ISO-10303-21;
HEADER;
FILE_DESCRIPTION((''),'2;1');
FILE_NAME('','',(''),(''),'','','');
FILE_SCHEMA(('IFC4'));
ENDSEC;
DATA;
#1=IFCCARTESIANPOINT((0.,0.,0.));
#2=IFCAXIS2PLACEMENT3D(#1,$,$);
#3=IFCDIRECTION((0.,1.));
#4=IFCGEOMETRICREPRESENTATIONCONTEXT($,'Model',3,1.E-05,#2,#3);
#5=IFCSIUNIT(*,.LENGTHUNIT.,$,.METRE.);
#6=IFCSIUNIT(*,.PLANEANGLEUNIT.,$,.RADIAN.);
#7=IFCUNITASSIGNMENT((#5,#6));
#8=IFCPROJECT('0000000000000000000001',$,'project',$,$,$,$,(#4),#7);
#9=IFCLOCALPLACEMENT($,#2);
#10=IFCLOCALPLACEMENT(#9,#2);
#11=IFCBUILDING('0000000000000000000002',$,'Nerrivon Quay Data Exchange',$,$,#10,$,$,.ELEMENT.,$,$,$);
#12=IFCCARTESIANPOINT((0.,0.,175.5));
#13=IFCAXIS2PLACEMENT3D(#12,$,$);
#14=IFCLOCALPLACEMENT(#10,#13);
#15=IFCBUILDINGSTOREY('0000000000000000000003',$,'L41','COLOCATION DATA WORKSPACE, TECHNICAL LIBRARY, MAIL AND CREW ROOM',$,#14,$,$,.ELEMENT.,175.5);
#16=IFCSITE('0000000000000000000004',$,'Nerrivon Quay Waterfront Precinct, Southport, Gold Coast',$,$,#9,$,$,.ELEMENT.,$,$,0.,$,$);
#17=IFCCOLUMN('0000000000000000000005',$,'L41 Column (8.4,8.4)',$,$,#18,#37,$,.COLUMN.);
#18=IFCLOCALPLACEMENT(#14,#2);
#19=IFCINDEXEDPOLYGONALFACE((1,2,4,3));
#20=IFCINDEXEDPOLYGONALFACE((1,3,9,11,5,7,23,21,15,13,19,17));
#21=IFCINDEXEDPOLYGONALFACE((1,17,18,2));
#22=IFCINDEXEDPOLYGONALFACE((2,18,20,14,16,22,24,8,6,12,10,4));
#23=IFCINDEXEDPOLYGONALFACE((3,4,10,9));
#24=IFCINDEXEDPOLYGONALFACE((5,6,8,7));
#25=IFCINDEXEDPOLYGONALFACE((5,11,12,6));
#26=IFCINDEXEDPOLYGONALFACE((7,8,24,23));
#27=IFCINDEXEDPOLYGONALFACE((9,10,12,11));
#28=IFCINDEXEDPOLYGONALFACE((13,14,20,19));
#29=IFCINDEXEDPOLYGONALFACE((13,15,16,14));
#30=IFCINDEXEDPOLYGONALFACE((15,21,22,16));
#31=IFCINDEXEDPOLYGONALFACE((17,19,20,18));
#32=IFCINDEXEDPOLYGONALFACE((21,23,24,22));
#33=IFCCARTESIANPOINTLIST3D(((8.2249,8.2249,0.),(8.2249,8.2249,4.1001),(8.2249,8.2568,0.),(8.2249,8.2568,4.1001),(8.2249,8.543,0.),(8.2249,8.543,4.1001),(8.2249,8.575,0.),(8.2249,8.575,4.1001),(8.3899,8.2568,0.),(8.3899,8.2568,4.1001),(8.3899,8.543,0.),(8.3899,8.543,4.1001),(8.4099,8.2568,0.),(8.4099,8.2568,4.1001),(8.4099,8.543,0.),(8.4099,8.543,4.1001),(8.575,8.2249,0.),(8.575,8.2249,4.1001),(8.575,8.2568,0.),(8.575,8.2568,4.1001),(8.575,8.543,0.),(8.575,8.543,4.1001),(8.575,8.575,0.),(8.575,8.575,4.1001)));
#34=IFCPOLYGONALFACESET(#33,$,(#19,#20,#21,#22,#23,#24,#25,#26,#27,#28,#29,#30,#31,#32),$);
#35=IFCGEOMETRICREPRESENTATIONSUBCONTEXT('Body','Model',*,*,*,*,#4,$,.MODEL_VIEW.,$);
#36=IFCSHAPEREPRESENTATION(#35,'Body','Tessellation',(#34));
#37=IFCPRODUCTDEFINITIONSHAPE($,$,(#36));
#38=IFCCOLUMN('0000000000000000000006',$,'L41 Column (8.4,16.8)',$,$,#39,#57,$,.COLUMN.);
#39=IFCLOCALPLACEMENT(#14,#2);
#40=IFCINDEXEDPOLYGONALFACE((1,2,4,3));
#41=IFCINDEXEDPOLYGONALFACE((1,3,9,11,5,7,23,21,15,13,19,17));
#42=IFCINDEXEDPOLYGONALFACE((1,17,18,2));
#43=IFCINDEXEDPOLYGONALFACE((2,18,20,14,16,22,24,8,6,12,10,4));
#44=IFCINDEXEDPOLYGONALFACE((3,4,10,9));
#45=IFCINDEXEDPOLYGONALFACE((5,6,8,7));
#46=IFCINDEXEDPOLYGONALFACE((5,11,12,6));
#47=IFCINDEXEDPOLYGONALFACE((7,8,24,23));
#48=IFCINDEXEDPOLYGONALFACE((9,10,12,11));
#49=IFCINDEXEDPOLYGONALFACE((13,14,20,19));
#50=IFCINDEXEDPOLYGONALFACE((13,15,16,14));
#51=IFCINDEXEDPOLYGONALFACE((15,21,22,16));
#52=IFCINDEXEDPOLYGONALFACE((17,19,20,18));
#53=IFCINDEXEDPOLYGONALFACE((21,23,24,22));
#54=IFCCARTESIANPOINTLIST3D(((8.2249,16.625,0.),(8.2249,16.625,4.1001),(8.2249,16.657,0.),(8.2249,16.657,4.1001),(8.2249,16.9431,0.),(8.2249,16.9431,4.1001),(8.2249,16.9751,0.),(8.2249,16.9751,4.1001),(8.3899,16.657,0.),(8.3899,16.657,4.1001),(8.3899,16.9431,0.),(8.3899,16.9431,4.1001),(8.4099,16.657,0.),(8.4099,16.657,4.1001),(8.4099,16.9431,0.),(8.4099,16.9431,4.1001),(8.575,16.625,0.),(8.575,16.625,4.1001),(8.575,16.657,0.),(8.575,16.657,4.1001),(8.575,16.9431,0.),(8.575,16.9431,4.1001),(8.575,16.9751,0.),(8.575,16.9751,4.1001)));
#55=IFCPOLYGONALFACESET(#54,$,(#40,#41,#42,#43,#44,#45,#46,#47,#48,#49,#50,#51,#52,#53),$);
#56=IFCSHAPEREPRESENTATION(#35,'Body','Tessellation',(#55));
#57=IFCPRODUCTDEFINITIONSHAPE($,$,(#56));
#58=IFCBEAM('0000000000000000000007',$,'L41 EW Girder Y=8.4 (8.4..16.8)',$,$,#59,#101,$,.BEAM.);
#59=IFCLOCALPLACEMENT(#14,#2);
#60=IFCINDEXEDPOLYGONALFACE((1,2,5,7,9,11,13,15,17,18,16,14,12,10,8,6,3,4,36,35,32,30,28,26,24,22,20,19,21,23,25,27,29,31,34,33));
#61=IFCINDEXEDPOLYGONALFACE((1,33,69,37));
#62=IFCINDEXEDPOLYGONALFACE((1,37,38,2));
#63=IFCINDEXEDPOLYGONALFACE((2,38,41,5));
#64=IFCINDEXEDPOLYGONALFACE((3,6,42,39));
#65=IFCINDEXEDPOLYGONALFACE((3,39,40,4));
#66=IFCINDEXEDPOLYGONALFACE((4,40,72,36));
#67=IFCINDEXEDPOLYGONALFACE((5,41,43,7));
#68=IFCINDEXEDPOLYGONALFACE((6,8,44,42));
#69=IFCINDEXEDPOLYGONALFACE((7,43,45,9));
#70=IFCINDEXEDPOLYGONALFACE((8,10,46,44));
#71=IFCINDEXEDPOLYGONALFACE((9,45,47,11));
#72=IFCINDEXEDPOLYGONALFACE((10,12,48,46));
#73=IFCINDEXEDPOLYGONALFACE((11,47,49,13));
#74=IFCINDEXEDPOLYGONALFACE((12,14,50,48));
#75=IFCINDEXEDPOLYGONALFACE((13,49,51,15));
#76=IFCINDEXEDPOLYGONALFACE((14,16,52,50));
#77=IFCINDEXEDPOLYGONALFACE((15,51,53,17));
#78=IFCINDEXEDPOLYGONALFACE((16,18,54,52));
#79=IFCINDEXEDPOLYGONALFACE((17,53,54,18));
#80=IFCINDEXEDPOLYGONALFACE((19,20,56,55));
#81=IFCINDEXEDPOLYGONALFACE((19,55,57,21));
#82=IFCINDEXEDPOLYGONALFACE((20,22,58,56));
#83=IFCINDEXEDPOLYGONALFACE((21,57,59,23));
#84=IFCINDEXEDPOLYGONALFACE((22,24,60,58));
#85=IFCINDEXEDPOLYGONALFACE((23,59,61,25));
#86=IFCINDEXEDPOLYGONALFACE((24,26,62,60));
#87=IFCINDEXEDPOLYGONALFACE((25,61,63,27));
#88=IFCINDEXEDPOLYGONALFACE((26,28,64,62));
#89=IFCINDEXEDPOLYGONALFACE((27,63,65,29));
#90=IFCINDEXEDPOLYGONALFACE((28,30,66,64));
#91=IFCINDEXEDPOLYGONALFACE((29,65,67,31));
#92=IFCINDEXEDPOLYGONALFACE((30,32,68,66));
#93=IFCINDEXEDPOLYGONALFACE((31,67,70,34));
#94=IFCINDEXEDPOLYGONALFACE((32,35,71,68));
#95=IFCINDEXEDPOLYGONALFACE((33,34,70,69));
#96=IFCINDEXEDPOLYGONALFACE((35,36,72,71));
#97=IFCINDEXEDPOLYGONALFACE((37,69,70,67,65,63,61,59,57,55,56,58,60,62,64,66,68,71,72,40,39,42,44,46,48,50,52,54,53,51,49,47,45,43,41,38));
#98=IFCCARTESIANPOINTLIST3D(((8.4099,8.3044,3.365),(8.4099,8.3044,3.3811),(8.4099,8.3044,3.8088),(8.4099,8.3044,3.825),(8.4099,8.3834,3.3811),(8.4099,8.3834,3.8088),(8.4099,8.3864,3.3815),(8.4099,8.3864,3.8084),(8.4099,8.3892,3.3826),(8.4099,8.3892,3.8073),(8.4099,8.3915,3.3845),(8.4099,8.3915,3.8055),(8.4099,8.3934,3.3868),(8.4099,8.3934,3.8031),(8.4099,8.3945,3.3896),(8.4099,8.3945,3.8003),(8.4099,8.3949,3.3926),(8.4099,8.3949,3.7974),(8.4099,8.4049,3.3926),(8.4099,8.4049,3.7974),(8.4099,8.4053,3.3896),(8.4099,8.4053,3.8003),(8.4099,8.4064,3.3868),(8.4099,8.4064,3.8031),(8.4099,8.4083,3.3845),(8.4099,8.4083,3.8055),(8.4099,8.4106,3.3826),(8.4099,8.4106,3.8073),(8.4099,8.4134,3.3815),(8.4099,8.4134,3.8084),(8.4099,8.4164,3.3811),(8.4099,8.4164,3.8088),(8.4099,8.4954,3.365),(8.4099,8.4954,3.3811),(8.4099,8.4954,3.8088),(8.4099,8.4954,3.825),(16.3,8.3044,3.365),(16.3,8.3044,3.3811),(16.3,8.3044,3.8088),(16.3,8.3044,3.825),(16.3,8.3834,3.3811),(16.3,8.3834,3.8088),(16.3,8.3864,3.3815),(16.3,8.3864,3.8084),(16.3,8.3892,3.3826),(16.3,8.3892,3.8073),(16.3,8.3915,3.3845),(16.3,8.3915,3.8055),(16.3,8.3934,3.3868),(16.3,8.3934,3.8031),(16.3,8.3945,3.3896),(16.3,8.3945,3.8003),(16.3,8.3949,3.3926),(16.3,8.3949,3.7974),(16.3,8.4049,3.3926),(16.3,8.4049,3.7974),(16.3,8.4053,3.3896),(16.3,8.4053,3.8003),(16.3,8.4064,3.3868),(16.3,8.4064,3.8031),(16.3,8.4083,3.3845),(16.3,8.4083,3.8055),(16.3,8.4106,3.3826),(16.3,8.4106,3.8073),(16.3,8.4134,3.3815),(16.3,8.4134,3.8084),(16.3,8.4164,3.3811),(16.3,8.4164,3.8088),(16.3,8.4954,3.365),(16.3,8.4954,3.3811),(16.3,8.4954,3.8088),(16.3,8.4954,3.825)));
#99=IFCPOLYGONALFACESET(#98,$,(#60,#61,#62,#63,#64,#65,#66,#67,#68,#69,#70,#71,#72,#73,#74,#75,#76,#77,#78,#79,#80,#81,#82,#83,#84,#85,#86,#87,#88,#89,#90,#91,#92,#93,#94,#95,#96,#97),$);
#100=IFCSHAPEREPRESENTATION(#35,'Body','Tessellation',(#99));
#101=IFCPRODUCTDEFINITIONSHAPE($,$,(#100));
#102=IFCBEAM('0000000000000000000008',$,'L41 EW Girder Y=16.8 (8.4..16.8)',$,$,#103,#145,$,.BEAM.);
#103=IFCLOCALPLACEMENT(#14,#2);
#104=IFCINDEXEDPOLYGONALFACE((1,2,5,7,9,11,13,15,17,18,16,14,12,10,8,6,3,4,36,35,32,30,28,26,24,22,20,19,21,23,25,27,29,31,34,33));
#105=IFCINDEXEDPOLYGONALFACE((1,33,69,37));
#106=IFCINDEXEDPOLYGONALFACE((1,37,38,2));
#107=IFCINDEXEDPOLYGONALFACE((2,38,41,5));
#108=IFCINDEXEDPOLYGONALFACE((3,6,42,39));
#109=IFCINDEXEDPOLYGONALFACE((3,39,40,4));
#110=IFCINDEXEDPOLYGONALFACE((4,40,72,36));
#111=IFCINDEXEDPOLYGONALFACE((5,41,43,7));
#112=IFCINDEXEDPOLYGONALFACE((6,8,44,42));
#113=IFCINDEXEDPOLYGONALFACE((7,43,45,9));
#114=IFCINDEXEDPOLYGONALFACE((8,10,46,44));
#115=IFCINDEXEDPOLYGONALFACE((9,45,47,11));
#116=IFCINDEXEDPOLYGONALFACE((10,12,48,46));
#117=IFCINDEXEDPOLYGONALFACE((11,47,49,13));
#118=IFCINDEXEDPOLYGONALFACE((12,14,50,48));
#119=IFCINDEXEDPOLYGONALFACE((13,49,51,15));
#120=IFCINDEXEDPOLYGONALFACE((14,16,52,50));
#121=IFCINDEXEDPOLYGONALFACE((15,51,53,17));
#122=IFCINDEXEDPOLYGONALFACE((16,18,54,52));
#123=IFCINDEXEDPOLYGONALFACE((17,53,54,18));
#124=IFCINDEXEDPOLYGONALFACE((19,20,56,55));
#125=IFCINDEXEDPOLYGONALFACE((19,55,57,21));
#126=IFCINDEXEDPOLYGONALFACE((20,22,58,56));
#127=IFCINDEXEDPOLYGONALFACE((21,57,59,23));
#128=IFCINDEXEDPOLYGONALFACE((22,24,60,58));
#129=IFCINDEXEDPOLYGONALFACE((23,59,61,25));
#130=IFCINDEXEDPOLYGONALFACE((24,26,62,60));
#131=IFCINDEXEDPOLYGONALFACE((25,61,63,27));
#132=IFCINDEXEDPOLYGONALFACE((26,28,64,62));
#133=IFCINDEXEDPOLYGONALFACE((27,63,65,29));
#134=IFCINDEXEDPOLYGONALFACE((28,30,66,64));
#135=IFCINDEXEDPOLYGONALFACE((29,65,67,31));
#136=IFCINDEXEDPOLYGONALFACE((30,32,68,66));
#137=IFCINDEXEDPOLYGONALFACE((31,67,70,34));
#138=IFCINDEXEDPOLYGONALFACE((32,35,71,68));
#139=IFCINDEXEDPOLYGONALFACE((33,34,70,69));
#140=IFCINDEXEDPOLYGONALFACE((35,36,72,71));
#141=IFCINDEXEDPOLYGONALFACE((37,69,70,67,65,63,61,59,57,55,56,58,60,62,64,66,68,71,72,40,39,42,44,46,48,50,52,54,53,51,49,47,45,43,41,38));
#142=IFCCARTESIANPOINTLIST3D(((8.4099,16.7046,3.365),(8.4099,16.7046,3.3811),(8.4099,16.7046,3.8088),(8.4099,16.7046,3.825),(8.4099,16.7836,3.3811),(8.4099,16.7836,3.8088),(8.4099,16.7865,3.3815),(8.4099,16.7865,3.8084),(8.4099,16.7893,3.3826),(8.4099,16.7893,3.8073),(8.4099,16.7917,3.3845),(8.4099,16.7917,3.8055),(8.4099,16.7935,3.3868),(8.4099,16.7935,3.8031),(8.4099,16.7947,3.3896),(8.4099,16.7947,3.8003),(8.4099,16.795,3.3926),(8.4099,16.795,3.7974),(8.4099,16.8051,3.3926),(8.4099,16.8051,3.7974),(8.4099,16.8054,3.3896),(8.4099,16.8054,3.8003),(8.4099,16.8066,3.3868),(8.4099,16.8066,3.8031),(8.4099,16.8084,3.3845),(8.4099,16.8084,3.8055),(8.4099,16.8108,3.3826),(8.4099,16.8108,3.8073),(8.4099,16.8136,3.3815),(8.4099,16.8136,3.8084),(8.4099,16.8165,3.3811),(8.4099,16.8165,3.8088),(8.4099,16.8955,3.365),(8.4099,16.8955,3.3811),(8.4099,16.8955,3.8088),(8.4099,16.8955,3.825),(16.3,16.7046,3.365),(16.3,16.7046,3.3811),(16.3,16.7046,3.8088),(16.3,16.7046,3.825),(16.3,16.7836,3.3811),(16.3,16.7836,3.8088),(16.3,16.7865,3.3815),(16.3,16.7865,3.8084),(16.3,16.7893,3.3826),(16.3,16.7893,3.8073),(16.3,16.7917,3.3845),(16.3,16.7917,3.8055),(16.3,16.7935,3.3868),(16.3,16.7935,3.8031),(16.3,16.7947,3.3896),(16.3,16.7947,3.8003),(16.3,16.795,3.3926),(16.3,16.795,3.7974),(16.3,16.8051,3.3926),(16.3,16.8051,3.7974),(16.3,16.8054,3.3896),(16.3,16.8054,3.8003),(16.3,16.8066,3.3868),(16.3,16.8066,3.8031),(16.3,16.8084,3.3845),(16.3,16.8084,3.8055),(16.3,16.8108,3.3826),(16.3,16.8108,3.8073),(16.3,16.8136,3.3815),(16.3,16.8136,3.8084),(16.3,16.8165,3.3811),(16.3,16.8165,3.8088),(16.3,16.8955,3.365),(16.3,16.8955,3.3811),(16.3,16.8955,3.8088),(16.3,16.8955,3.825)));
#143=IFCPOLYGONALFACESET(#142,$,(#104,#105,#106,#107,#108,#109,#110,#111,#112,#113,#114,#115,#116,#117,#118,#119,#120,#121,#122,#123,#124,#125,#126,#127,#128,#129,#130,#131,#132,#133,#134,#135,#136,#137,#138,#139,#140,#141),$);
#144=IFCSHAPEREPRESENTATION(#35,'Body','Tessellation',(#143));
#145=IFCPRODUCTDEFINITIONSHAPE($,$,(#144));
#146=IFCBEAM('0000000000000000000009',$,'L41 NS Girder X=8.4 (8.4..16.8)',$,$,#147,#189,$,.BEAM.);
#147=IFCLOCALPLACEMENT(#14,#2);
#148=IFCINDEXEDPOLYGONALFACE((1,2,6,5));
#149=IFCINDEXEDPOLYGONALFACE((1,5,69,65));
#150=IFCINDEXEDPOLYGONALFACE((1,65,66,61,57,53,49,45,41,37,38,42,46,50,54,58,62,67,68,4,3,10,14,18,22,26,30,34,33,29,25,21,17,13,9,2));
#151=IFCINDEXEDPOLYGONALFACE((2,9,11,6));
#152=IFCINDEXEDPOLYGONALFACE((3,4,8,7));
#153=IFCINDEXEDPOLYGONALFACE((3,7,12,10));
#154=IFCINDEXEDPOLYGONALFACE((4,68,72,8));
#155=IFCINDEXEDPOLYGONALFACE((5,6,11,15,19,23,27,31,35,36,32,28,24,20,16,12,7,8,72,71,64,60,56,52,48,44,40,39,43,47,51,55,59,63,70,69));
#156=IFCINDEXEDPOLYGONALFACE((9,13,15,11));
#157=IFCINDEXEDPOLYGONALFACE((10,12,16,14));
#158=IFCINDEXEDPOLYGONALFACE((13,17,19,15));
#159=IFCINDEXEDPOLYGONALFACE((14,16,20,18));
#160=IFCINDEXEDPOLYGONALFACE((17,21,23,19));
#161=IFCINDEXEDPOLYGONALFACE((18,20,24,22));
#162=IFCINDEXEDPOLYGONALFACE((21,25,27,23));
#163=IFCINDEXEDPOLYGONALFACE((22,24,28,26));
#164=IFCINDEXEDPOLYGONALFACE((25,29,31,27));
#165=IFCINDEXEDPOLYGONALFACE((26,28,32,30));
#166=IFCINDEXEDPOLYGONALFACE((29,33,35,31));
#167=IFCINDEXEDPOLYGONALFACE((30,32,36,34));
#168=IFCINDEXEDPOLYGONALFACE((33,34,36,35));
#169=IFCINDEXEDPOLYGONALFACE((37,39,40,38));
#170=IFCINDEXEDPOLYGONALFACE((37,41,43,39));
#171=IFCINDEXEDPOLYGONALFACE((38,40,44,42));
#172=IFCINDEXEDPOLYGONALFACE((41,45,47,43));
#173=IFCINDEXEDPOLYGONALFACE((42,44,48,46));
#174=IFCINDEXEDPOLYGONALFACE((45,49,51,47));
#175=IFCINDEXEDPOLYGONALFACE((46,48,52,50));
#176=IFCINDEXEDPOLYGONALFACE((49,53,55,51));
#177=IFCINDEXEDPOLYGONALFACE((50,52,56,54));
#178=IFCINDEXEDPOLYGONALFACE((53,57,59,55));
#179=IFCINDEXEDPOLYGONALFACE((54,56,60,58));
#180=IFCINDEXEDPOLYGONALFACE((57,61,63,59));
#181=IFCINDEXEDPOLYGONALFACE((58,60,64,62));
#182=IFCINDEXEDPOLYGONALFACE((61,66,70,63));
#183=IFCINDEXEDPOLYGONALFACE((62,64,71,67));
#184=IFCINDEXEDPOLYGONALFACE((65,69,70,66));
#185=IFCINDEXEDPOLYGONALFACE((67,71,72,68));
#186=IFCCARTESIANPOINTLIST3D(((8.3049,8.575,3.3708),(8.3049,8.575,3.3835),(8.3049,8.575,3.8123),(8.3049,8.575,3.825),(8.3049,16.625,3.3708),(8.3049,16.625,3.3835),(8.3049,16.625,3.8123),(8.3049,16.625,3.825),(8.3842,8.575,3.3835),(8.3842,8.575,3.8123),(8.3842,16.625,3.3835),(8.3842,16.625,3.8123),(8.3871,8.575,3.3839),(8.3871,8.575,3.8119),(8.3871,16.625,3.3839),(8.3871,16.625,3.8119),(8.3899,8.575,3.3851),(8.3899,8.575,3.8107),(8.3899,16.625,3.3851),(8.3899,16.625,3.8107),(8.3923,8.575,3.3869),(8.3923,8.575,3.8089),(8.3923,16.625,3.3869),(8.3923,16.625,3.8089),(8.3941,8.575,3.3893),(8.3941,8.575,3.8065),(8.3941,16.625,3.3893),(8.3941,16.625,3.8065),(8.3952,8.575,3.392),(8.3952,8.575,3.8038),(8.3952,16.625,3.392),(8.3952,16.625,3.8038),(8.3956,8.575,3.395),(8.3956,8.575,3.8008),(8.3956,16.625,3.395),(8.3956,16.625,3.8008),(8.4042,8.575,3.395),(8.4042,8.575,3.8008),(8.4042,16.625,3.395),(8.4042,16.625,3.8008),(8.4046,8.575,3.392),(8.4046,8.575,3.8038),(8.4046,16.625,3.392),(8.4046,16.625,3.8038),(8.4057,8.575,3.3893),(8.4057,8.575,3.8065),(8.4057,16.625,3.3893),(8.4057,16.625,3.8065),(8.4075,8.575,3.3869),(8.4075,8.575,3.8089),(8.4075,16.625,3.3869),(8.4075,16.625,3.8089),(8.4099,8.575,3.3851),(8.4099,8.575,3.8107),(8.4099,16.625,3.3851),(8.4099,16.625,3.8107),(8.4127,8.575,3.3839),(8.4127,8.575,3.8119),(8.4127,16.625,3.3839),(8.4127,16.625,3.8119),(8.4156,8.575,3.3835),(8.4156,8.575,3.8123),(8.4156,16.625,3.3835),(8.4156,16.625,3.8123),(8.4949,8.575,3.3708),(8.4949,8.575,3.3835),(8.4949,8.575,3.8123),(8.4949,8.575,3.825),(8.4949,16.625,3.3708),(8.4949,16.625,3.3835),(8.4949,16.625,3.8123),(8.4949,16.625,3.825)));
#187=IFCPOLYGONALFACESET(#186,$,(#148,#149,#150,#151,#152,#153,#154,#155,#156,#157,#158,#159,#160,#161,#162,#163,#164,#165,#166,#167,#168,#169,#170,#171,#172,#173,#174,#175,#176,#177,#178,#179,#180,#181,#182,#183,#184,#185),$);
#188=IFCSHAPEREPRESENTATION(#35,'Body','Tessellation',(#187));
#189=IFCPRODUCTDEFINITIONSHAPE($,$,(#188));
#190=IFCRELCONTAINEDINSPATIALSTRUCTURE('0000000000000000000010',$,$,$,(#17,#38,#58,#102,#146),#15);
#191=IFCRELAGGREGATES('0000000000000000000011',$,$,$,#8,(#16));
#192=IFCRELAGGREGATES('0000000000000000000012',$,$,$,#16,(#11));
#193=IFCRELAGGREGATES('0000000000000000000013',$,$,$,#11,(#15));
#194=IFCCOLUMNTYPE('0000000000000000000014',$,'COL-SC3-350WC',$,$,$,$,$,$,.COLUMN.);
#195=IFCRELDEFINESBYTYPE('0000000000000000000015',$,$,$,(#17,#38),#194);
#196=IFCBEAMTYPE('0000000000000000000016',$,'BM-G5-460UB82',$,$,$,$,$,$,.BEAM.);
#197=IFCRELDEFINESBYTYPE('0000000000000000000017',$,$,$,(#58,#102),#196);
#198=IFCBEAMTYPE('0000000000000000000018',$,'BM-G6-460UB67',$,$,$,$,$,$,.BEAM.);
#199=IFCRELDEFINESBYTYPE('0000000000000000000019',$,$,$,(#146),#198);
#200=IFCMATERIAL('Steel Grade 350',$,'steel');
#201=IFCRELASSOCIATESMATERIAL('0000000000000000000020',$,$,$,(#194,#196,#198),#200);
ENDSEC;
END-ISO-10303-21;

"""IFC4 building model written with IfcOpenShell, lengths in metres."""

from ifc_helpers import new_model, si_unit, direction, frame, origin, origin_2d, place, context, subcontext, project, spatial, i_section, extrude, material, material_profile, profile_set, type_object, element, save


model = new_model("IFC4")

# Units and contexts
model_context = context("Model", 3, precision=1e-05, world=origin(), true_north=direction((0.0, 1.0)))
body_context = subcontext(model_context, "Body", "Model", "MODEL_VIEW")
ifc_project = project(units=[si_unit("LENGTHUNIT", "METRE"), si_unit("PLANEANGLEUNIT", "RADIAN")], contexts=[model_context])

# Site, building, storey
site_placement = place(None, origin())
site = spatial("IfcSite", under=ifc_project, at=site_placement, Name="Nerrivon Quay Waterfront Precinct, Southport, Gold Coast", CompositionType="ELEMENT", RefElevation=0.0)
building_placement = place(site_placement, origin())
building = spatial("IfcBuilding", under=site, at=building_placement, Name="Nerrivon Quay Data Exchange", CompositionType="ELEMENT")
storey_placement = place(building_placement, frame((0.0, 0.0, 175.5)))
storey = spatial("IfcBuildingStorey", under=building, at=storey_placement, Name="L41", Description="COLOCATION DATA WORKSPACE, TECHNICAL LIBRARY, MAIL AND CREW ROOM", CompositionType="ELEMENT", Elevation=175.5)

# Columns
ifc_material_1 = material(Name="Steel Grade 350", Category="steel")
ifc_material_profile_1 = material_profile(ifc_material_1, i_section(OverallWidth=0.3501, OverallDepth=0.3501, WebThickness=0.02, FlangeThickness=0.032, at=origin_2d()), Name="350WC230")
ifc_profile_set_1 = profile_set([ifc_material_profile_1], Name="Steel Grade 350")
column_type = type_object("IfcColumnType", Name="COL-SC3-350WC", PredefinedType="COLUMN", material=ifc_profile_set_1)
for number, where, z_axis, x_axis, name in (
    (1, (8.3999, 8.3999, 0.0), (0.0, 0.0, 1.0), (1.0, 0.0, 0.0), "L41 Column (8.4,8.4)"),
    (2, (8.3999, 16.8, 0.0), (0.0, 0.0, 1.0), (1.0, 0.0, 0.0), "L41 Column (8.4,16.8)"),
):
    element("IfcColumn", number, at=place(storey_placement, frame(where, z_axis=z_axis, x_axis=x_axis)), inside=storey, type_object=column_type, Name=name, PredefinedType="COLUMN", context=body_context, shape_type="SweptSolid", body=[
        extrude(i_section(OverallWidth=0.3501, OverallDepth=0.3501, WebThickness=0.02, FlangeThickness=0.032, at=origin_2d()), origin(), (0.0, 0.0, 1.0), 4.1001),
    ])

# Beams
ifc_material_profile_2 = material_profile(ifc_material_1, i_section(OverallWidth=0.1909, OverallDepth=0.46, WebThickness=0.01, FlangeThickness=0.0161, FilletRadius=0.0115, at=origin_2d()), Name="460UB82.1")
ifc_profile_set_2 = profile_set([ifc_material_profile_2], Name="Steel Grade 350")
beam_type_1 = type_object("IfcBeamType", Name="BM-G5-460UB82", PredefinedType="BEAM", material=ifc_profile_set_2)
for number, where, z_axis, x_axis, name in (
    (3, (8.4099, 8.3999, 3.595), (1.0, 0.0, 0.0), (0.0, 1.0, 0.0), "L41 EW Girder Y=8.4 (8.4..16.8)"),
    (4, (8.4099, 16.8, 3.595), (1.0, 0.0, 0.0), (0.0, 1.0, 0.0), "L41 EW Girder Y=16.8 (8.4..16.8)"),
):
    element("IfcBeam", number, at=place(storey_placement, frame(where, z_axis=z_axis, x_axis=x_axis)), inside=storey, type_object=beam_type_1, Name=name, PredefinedType="BEAM", context=body_context, shape_type="SweptSolid", body=[
        extrude(i_section(OverallWidth=0.1909, OverallDepth=0.46, WebThickness=0.01, FlangeThickness=0.0161, FilletRadius=0.0115, at=origin_2d()), origin(), (0.0, 0.0, 1.0), 7.8901),
    ])
ifc_material_profile_3 = material_profile(ifc_material_1, i_section(OverallWidth=0.1899, OverallDepth=0.4541, WebThickness=0.0085, FlangeThickness=0.0127, FilletRadius=0.0115, at=origin_2d()), Name="460UB67.1")
ifc_profile_set_3 = profile_set([ifc_material_profile_3], Name="Steel Grade 350")
beam_type_2 = type_object("IfcBeamType", Name="BM-G6-460UB67", PredefinedType="BEAM", material=ifc_profile_set_3)
beam_1_placement = place(storey_placement, frame((8.3999, 8.575, 3.5979), z_axis=(0.0, 1.0, 0.0), x_axis=(-1.0, 0.0, 0.0)))
element("IfcBeam", 5, at=beam_1_placement, inside=storey, type_object=beam_type_2, Name="L41 NS Girder X=8.4 (8.4..16.8)", PredefinedType="BEAM", context=body_context, shape_type="SweptSolid", body=[
    extrude(i_section(OverallWidth=0.1899, OverallDepth=0.4541, WebThickness=0.0085, FlangeThickness=0.0127, FilletRadius=0.0115, at=origin_2d()), origin(), (0.0, 0.0, 1.0), 8.05),
])

save(model, "model.ifc")
